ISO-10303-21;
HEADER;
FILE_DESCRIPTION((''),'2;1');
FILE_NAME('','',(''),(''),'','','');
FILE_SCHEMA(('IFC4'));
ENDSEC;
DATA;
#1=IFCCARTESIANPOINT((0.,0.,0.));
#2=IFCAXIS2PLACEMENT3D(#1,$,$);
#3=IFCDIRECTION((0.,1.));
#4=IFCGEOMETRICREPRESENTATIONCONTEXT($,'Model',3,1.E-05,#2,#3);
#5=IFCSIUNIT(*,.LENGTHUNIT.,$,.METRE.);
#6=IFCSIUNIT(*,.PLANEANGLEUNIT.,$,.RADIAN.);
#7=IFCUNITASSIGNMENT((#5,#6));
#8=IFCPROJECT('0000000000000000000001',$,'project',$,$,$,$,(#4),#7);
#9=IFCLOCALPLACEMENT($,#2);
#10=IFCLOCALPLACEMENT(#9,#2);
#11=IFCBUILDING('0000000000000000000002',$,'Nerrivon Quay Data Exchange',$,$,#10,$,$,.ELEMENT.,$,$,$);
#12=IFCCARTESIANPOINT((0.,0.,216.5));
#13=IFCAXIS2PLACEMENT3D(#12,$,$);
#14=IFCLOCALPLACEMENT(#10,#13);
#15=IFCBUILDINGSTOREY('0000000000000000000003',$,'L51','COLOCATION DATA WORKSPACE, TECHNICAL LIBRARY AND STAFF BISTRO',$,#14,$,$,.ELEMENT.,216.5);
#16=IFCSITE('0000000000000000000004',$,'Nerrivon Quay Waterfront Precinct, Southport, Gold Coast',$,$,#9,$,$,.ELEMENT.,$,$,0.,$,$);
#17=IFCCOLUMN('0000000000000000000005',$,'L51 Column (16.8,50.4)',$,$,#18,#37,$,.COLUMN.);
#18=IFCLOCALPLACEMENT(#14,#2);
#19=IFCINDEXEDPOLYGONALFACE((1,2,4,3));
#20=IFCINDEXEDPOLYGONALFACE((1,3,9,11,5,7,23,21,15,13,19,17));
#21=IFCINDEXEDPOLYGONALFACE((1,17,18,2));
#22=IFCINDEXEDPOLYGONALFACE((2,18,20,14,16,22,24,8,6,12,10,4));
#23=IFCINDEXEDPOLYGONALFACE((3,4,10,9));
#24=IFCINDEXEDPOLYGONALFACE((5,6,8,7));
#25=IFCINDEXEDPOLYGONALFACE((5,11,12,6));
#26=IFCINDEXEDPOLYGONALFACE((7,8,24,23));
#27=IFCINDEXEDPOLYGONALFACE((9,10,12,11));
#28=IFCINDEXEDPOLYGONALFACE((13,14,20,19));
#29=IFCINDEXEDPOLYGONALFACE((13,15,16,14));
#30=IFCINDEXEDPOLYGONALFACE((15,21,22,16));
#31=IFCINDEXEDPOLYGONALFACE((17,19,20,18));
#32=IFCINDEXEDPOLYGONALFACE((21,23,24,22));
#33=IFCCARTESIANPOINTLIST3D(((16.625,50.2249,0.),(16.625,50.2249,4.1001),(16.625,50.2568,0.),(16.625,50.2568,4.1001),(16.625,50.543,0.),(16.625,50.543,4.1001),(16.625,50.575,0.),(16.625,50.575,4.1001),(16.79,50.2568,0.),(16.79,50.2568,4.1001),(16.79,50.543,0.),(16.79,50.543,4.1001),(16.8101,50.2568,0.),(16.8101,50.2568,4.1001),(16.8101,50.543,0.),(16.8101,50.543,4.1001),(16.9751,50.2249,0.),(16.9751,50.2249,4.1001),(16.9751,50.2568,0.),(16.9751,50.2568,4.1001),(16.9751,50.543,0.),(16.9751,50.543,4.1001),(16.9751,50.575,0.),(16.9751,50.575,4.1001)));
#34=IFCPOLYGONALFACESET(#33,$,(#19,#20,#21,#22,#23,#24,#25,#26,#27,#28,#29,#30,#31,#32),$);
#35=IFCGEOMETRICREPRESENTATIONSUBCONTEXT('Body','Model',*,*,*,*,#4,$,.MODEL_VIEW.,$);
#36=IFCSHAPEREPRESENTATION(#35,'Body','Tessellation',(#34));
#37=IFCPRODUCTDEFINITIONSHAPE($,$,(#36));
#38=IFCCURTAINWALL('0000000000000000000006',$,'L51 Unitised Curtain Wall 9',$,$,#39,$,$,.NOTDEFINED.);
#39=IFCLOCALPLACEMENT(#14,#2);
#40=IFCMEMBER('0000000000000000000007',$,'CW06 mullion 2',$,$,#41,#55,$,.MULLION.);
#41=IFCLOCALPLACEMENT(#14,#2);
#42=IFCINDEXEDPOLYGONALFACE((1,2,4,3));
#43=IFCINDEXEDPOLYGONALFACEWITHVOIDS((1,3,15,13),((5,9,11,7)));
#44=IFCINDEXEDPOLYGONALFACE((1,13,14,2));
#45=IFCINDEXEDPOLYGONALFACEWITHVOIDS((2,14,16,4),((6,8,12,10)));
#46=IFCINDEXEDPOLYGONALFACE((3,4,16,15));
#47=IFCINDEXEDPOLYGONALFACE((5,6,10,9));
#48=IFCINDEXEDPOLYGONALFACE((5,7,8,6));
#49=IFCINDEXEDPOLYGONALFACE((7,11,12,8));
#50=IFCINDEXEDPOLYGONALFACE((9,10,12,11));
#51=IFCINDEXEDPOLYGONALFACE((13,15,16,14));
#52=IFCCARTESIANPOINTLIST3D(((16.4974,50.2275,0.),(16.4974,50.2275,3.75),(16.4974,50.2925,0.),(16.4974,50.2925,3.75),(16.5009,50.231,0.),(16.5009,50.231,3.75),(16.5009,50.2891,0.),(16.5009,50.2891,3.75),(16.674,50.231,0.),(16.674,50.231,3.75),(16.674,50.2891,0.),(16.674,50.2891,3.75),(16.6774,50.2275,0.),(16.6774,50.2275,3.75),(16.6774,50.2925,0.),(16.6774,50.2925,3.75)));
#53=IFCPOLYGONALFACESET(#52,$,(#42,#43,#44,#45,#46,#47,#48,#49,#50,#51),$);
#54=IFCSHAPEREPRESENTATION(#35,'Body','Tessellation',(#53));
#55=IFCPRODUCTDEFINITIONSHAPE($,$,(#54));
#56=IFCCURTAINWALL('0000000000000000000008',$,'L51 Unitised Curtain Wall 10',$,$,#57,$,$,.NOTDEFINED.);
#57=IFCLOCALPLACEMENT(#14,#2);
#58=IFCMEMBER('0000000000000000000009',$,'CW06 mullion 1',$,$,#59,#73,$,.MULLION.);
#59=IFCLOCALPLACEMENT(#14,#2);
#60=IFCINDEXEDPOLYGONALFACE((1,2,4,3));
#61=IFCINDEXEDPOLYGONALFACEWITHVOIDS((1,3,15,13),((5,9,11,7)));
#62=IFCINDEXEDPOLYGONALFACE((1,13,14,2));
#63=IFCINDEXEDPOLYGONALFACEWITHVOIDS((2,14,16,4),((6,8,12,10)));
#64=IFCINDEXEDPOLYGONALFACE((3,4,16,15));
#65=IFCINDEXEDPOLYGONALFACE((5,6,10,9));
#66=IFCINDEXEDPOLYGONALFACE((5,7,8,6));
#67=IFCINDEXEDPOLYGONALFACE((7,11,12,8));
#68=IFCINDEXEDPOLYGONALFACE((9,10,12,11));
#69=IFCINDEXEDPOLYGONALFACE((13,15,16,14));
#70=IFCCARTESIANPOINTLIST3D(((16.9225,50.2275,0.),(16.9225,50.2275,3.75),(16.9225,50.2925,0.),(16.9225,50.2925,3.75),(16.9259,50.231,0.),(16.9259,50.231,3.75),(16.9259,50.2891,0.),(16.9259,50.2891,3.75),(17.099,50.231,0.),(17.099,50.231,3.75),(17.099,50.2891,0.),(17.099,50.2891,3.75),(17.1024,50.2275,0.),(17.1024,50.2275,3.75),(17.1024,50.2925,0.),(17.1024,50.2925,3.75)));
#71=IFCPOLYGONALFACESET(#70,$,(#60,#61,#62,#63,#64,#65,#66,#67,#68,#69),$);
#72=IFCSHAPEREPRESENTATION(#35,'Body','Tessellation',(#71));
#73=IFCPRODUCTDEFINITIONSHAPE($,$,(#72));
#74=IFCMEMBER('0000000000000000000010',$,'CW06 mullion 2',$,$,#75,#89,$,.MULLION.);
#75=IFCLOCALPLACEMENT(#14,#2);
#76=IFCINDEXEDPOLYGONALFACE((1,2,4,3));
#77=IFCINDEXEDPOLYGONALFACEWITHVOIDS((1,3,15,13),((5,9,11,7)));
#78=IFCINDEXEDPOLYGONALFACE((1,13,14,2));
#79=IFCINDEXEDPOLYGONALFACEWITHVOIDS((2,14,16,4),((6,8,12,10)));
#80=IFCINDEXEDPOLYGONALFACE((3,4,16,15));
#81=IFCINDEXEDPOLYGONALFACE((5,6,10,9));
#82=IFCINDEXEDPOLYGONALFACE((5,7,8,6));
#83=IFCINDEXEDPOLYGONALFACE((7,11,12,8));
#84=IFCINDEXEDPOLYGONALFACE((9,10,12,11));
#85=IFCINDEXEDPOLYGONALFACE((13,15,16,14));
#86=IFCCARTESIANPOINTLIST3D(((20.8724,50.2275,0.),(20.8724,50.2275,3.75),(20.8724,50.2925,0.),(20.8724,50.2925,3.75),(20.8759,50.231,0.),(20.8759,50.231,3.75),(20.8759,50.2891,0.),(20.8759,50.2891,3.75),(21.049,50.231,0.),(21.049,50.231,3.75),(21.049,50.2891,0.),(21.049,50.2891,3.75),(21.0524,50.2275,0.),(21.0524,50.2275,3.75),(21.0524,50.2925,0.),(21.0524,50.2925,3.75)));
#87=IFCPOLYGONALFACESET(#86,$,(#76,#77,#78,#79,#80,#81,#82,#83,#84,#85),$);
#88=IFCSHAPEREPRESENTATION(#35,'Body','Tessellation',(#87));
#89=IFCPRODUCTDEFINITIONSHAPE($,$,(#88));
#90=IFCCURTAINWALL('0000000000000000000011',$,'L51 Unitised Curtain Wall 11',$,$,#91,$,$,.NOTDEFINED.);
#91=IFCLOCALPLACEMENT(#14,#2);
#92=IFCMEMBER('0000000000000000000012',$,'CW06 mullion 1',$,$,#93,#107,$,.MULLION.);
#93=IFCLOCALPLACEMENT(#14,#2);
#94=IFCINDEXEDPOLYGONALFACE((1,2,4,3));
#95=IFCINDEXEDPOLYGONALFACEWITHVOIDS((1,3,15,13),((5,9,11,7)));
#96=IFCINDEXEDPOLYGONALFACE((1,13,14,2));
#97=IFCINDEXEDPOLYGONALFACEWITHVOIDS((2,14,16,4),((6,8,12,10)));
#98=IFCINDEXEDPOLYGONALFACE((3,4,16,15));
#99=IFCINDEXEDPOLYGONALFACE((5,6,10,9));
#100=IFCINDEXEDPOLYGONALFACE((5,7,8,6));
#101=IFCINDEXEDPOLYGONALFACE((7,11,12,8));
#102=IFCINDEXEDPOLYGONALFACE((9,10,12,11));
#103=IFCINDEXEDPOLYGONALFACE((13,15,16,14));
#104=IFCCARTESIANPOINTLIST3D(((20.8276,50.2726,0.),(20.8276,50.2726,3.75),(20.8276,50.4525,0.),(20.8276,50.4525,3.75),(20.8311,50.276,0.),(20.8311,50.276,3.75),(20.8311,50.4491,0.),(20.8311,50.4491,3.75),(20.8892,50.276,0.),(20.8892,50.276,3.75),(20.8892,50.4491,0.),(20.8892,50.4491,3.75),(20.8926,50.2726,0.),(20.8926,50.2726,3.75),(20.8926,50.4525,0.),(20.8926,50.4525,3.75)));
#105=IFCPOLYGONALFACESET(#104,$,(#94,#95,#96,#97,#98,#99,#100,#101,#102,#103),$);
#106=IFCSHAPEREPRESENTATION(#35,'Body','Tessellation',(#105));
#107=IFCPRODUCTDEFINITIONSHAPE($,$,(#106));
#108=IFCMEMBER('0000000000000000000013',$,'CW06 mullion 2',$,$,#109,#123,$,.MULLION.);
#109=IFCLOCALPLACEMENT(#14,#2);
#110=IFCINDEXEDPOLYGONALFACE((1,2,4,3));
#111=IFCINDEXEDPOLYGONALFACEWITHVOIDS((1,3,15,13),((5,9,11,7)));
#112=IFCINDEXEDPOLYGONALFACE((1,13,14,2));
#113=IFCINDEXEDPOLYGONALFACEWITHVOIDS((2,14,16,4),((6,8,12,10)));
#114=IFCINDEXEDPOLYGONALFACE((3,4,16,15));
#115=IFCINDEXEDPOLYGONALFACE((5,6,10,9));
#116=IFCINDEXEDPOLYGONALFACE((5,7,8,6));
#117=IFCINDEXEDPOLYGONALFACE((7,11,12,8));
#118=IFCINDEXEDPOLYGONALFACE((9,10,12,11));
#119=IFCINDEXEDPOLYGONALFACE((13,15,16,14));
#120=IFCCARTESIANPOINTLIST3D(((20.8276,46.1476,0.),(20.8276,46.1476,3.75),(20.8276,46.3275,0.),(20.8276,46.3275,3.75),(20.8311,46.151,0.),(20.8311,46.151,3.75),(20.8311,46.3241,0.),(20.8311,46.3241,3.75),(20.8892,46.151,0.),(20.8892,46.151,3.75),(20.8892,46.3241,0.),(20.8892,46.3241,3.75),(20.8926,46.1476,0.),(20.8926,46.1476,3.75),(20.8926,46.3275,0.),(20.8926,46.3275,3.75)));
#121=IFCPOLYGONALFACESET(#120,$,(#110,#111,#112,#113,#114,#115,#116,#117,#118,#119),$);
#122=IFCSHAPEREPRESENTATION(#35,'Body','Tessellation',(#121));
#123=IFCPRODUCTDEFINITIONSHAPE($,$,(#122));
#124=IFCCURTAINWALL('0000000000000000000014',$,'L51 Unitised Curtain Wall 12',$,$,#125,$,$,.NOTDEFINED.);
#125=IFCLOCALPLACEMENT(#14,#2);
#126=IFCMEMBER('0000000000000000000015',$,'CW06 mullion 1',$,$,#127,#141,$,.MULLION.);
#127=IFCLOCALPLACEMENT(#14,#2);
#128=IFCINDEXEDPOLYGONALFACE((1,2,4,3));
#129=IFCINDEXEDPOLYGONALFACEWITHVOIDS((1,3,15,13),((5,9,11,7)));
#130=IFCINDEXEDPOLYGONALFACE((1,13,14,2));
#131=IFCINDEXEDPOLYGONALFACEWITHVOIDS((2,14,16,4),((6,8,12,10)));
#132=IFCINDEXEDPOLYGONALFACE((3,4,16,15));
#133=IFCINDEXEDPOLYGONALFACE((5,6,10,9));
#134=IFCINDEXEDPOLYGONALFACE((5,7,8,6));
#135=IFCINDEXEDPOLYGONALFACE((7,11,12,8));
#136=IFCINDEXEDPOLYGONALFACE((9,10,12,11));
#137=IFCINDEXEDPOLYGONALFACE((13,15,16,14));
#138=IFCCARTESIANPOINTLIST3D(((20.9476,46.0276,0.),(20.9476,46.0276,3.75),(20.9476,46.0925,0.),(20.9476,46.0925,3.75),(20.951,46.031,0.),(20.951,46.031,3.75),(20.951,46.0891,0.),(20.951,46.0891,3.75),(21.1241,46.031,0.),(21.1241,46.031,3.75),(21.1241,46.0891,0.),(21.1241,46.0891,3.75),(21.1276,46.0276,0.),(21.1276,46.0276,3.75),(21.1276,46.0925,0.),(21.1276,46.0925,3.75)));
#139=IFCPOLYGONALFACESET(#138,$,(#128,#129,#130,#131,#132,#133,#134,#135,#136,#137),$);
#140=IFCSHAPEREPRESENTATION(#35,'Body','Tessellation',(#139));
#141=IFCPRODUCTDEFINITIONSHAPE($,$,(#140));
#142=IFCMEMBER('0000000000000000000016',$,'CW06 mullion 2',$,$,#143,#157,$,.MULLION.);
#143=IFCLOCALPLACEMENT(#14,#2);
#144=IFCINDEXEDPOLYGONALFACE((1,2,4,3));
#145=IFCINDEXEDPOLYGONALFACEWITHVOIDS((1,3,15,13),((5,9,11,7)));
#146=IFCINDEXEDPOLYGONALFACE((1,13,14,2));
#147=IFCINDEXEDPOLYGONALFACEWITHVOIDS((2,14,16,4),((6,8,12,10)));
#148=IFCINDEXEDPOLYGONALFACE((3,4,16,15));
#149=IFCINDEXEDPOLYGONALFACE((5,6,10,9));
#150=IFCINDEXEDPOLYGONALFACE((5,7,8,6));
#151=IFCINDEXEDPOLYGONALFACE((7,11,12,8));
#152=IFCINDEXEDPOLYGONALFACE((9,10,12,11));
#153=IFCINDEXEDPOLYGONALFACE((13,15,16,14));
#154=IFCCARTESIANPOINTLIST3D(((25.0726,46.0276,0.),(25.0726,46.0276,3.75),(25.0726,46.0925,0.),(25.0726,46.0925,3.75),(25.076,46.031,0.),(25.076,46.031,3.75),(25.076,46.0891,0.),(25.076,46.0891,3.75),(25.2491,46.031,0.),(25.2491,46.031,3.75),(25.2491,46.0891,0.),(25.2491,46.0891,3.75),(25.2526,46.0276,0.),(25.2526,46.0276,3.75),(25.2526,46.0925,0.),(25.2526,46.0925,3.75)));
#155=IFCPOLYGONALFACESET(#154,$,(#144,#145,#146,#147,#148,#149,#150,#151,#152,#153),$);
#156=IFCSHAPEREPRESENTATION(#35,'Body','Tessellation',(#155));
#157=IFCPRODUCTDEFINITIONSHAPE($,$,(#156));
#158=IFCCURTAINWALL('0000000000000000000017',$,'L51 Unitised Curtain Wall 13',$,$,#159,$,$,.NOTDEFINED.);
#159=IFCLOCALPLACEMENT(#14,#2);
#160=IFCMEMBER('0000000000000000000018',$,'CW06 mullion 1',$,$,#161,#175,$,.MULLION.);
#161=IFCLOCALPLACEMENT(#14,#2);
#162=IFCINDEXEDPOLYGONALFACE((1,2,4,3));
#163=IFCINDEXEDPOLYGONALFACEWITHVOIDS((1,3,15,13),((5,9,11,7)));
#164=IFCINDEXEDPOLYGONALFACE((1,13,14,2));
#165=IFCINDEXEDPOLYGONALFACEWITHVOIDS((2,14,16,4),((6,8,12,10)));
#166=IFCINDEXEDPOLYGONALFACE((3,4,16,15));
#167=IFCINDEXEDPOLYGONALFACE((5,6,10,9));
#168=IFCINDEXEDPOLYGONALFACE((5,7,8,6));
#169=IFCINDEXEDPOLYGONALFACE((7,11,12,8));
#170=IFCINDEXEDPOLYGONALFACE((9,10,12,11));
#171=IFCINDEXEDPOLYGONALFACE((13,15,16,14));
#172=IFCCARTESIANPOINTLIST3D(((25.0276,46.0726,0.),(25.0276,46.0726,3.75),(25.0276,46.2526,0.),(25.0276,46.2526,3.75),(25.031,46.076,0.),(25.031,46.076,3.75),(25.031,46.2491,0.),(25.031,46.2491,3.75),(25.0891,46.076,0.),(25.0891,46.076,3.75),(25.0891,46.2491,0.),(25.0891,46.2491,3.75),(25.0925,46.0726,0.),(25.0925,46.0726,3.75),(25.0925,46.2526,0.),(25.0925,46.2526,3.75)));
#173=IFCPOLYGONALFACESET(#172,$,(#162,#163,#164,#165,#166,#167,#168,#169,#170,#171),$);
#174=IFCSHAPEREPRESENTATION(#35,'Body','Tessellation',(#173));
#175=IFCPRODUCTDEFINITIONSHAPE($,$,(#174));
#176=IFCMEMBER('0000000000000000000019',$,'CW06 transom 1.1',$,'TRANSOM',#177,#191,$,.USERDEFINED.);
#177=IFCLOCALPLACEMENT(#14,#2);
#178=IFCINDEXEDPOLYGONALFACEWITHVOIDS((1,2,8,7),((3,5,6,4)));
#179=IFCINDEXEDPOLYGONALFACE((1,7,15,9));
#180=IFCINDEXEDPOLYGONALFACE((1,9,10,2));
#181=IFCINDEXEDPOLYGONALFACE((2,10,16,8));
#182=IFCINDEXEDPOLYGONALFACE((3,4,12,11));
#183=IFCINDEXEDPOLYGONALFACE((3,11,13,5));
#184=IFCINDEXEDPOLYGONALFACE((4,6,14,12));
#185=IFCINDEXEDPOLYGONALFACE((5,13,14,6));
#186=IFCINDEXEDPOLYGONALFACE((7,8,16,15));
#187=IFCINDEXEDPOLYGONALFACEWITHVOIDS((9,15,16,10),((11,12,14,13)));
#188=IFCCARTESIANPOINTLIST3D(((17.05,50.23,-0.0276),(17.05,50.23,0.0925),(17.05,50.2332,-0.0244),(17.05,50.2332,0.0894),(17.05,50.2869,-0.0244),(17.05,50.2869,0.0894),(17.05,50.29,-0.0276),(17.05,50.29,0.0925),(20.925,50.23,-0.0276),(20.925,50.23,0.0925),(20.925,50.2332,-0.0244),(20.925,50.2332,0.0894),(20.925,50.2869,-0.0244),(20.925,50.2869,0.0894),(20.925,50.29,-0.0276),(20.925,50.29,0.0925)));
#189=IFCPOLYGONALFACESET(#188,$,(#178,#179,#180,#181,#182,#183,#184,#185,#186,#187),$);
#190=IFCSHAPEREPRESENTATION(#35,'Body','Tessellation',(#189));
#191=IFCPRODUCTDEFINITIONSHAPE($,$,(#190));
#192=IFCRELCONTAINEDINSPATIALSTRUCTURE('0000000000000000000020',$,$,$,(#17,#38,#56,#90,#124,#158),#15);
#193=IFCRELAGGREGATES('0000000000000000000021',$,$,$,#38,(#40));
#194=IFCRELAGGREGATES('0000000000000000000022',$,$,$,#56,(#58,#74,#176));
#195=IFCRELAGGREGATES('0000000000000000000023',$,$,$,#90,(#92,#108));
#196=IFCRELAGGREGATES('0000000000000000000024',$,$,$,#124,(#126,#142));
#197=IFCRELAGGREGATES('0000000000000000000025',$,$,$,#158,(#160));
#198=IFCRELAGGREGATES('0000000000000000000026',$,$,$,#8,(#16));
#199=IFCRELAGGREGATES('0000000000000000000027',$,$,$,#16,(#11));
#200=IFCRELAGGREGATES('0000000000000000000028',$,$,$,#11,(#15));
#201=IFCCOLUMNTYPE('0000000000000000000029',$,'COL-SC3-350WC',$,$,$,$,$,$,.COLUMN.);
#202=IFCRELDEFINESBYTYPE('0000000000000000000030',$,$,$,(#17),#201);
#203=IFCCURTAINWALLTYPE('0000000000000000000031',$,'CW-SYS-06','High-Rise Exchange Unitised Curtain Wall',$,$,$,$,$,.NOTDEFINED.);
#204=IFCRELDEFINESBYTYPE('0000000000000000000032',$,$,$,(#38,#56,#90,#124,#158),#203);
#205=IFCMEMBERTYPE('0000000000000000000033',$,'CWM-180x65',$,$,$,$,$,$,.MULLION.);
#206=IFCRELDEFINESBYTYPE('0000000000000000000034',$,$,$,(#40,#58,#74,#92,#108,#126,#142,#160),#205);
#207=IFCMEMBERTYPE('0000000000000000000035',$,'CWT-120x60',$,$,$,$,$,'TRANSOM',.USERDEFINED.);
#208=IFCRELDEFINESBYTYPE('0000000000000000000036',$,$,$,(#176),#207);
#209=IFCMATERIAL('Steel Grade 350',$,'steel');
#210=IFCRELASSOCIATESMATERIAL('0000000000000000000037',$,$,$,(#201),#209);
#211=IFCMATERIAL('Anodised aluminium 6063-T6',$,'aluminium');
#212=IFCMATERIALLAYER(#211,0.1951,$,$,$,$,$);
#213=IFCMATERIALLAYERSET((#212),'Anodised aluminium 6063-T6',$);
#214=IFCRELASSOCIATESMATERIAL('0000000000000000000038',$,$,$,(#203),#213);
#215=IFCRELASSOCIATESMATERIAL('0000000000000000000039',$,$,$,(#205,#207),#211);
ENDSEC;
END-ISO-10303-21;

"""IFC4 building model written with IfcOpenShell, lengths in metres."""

from ifc_helpers import new_model, si_unit, direction, frame, origin, origin_2d, place, context, subcontext, project, spatial, hollow_rectangle, i_section, extrude, material, layer, layer_set, material_profile, profile_set, type_object, element, aggregate, save


model = new_model("IFC4")

# Units and contexts
model_context = context("Model", 3, precision=1e-05, world=origin(), true_north=direction((0.0, 1.0)))
body_context = subcontext(model_context, "Body", "Model", "MODEL_VIEW")
ifc_project = project(units=[si_unit("LENGTHUNIT", "METRE"), si_unit("PLANEANGLEUNIT", "RADIAN")], contexts=[model_context])

# Site, building, storey
site_placement = place(None, origin())
site = spatial("IfcSite", under=ifc_project, at=site_placement, Name="Nerrivon Quay Waterfront Precinct, Southport, Gold Coast", CompositionType="ELEMENT", RefElevation=0.0)
building_placement = place(site_placement, origin())
building = spatial("IfcBuilding", under=site, at=building_placement, Name="Nerrivon Quay Data Exchange", CompositionType="ELEMENT")
storey_placement = place(building_placement, frame((0.0, 0.0, 216.5)))
storey = spatial("IfcBuildingStorey", under=building, at=storey_placement, Name="L51", Description="COLOCATION DATA WORKSPACE, TECHNICAL LIBRARY AND STAFF BISTRO", CompositionType="ELEMENT", Elevation=216.5)

# Column
ifc_material_1 = material(Name="Steel Grade 350", Category="steel")
ifc_material_profile_1 = material_profile(ifc_material_1, i_section(OverallWidth=0.3501, OverallDepth=0.3501, WebThickness=0.02, FlangeThickness=0.032, at=origin_2d()), Name="350WC230")
ifc_profile_set_1 = profile_set([ifc_material_profile_1], Name="Steel Grade 350")
column_type = type_object("IfcColumnType", Name="COL-SC3-350WC", PredefinedType="COLUMN", material=ifc_profile_set_1)
column_placement = place(storey_placement, frame((16.8, 50.3999, 0.0), z_axis=(0.0, 0.0, 1.0), x_axis=(1.0, 0.0, 0.0)))
element("IfcColumn", 1, at=column_placement, inside=storey, type_object=column_type, Name="L51 Column (16.8,50.4)", PredefinedType="COLUMN", context=body_context, shape_type="SweptSolid", body=[
    extrude(i_section(OverallWidth=0.3501, OverallDepth=0.3501, WebThickness=0.02, FlangeThickness=0.032, at=origin_2d()), origin(), (0.0, 0.0, 1.0), 4.1001),
])

# Curtain wall, member
ifc_material_2 = material(Name="Anodised aluminium 6063-T6", Category="aluminium")
ifc_layer_1 = layer(ifc_material_2, 0.1951)
ifc_layer_set_1 = layer_set([ifc_layer_1], Name="Anodised aluminium 6063-T6")
curtain_wall_type = type_object("IfcCurtainWallType", Name="CW-SYS-06", Description="High-Rise Exchange Unitised Curtain Wall", PredefinedType="NOTDEFINED", material=ifc_layer_set_1)
curtain_wall_1_placement = place(storey_placement, origin())
curtain_wall_1 = element("IfcCurtainWall", 2, at=curtain_wall_1_placement, inside=storey, type_object=curtain_wall_type, Name="L51 Unitised Curtain Wall 9", PredefinedType="NOTDEFINED")
ifc_material_profile_2 = material_profile(ifc_material_2, hollow_rectangle(XDim=0.0649, YDim=0.1799, WallThickness=0.0034, at=origin_2d()), Name="ALU-MULL-180x65")
ifc_profile_set_2 = profile_set([ifc_material_profile_2], Name="Anodised aluminium 6063-T6")
member_type_1 = type_object("IfcMemberType", Name="CWM-180x65", PredefinedType="MULLION", material=ifc_profile_set_2)
member_1_placement = place(storey_placement, frame((16.5874, 50.26, 0.0), z_axis=(0.0, 0.0, 1.0), x_axis=(0.0, 1.0, 0.0)))
member_1 = element("IfcMember", 3, at=member_1_placement, type_object=member_type_1, Name="CW06 mullion 2", PredefinedType="MULLION", context=body_context, shape_type="SweptSolid", body=[
    extrude(hollow_rectangle(XDim=0.0649, YDim=0.1799, WallThickness=0.0034, at=origin_2d()), origin(), (0.0, 0.0, 1.0), 3.75),
])
aggregate(curtain_wall_1, [member_1])

# Curtain walls, members
curtain_wall_2_placement = place(storey_placement, origin())
curtain_wall_2 = element("IfcCurtainWall", 4, at=curtain_wall_2_placement, inside=storey, type_object=curtain_wall_type, Name="L51 Unitised Curtain Wall 10", PredefinedType="NOTDEFINED")
member_2_placement = place(storey_placement, frame((17.0125, 50.26, 0.0), z_axis=(0.0, 0.0, 1.0), x_axis=(0.0, 1.0, 0.0)))
member_2 = element("IfcMember", 5, at=member_2_placement, type_object=member_type_1, Name="CW06 mullion 1", PredefinedType="MULLION", context=body_context, shape_type="SweptSolid", body=[
    extrude(hollow_rectangle(XDim=0.0649, YDim=0.1799, WallThickness=0.0034, at=origin_2d()), origin(), (0.0, 0.0, 1.0), 3.75),
])
member_3_placement = place(storey_placement, frame((20.9624, 50.26, 0.0), z_axis=(0.0, 0.0, 1.0), x_axis=(0.0, 1.0, 0.0)))
member_3 = element("IfcMember", 6, at=member_3_placement, type_object=member_type_1, Name="CW06 mullion 2", PredefinedType="MULLION", context=body_context, shape_type="SweptSolid", body=[
    extrude(hollow_rectangle(XDim=0.0649, YDim=0.1799, WallThickness=0.0034, at=origin_2d()), origin(), (0.0, 0.0, 1.0), 3.75),
])
curtain_wall_3_placement = place(storey_placement, origin())
curtain_wall_3 = element("IfcCurtainWall", 7, at=curtain_wall_3_placement, inside=storey, type_object=curtain_wall_type, Name="L51 Unitised Curtain Wall 11", PredefinedType="NOTDEFINED")
member_4_placement = place(storey_placement, frame((20.8601, 50.3625, 0.0), z_axis=(0.0, 0.0, 1.0), x_axis=(1.0, 0.0, 0.0)))
member_4 = element("IfcMember", 8, at=member_4_placement, type_object=member_type_1, Name="CW06 mullion 1", PredefinedType="MULLION", context=body_context, shape_type="SweptSolid", body=[
    extrude(hollow_rectangle(XDim=0.0649, YDim=0.1799, WallThickness=0.0034, at=origin_2d()), origin(), (0.0, 0.0, 1.0), 3.75),
])
member_5_placement = place(storey_placement, frame((20.8601, 46.2375, 0.0), z_axis=(0.0, 0.0, 1.0), x_axis=(1.0, 0.0, 0.0)))
member_5 = element("IfcMember", 9, at=member_5_placement, type_object=member_type_1, Name="CW06 mullion 2", PredefinedType="MULLION", context=body_context, shape_type="SweptSolid", body=[
    extrude(hollow_rectangle(XDim=0.0649, YDim=0.1799, WallThickness=0.0034, at=origin_2d()), origin(), (0.0, 0.0, 1.0), 3.75),
])
curtain_wall_4_placement = place(storey_placement, origin())
curtain_wall_4 = element("IfcCurtainWall", 10, at=curtain_wall_4_placement, inside=storey, type_object=curtain_wall_type, Name="L51 Unitised Curtain Wall 12", PredefinedType="NOTDEFINED")
member_6_placement = place(storey_placement, frame((21.0376, 46.0601, 0.0), z_axis=(0.0, 0.0, 1.0), x_axis=(0.0, 1.0, 0.0)))
member_6 = element("IfcMember", 11, at=member_6_placement, type_object=member_type_1, Name="CW06 mullion 1", PredefinedType="MULLION", context=body_context, shape_type="SweptSolid", body=[
    extrude(hollow_rectangle(XDim=0.0649, YDim=0.1799, WallThickness=0.0034, at=origin_2d()), origin(), (0.0, 0.0, 1.0), 3.75),
])
member_7_placement = place(storey_placement, frame((25.1626, 46.0601, 0.0), z_axis=(0.0, 0.0, 1.0), x_axis=(0.0, 1.0, 0.0)))
member_7 = element("IfcMember", 12, at=member_7_placement, type_object=member_type_1, Name="CW06 mullion 2", PredefinedType="MULLION", context=body_context, shape_type="SweptSolid", body=[
    extrude(hollow_rectangle(XDim=0.0649, YDim=0.1799, WallThickness=0.0034, at=origin_2d()), origin(), (0.0, 0.0, 1.0), 3.75),
])

# Curtain wall, member
curtain_wall_5_placement = place(storey_placement, origin())
curtain_wall_5 = element("IfcCurtainWall", 13, at=curtain_wall_5_placement, inside=storey, type_object=curtain_wall_type, Name="L51 Unitised Curtain Wall 13", PredefinedType="NOTDEFINED")
member_8_placement = place(storey_placement, frame((25.0601, 46.1626, 0.0), z_axis=(0.0, 0.0, 1.0), x_axis=(1.0, 0.0, 0.0)))
member_8 = element("IfcMember", 14, at=member_8_placement, type_object=member_type_1, Name="CW06 mullion 1", PredefinedType="MULLION", context=body_context, shape_type="SweptSolid", body=[
    extrude(hollow_rectangle(XDim=0.0649, YDim=0.1799, WallThickness=0.0034, at=origin_2d()), origin(), (0.0, 0.0, 1.0), 3.75),
])

# Member
ifc_material_profile_3 = material_profile(ifc_material_2, hollow_rectangle(XDim=0.0601, YDim=0.1201, WallThickness=0.0032, at=origin_2d()), Name="ALU-TRAN-120x60")
ifc_profile_set_3 = profile_set([ifc_material_profile_3], Name="Anodised aluminium 6063-T6")
member_type_2 = type_object("IfcMemberType", Name="CWT-120x60", ElementType="TRANSOM", PredefinedType="USERDEFINED", material=ifc_profile_set_3)
member_9_placement = place(storey_placement, frame((17.05, 50.26, 0.0325), z_axis=(1.0, 0.0, 0.0), x_axis=(0.0, 1.0, 0.0)))
member_9 = element("IfcMember", 15, at=member_9_placement, type_object=member_type_2, Name="CW06 transom 1.1", ObjectType="TRANSOM", PredefinedType="USERDEFINED", context=body_context, shape_type="SweptSolid", body=[
    extrude(hollow_rectangle(XDim=0.0601, YDim=0.1201, WallThickness=0.0032, at=origin_2d()), origin(), (0.0, 0.0, 1.0), 3.875),
])

aggregate(curtain_wall_2, [member_2, member_3, member_9])
aggregate(curtain_wall_3, [member_4, member_5])
aggregate(curtain_wall_4, [member_6, member_7])
aggregate(curtain_wall_5, [member_8])

save(model, "model.ifc")
